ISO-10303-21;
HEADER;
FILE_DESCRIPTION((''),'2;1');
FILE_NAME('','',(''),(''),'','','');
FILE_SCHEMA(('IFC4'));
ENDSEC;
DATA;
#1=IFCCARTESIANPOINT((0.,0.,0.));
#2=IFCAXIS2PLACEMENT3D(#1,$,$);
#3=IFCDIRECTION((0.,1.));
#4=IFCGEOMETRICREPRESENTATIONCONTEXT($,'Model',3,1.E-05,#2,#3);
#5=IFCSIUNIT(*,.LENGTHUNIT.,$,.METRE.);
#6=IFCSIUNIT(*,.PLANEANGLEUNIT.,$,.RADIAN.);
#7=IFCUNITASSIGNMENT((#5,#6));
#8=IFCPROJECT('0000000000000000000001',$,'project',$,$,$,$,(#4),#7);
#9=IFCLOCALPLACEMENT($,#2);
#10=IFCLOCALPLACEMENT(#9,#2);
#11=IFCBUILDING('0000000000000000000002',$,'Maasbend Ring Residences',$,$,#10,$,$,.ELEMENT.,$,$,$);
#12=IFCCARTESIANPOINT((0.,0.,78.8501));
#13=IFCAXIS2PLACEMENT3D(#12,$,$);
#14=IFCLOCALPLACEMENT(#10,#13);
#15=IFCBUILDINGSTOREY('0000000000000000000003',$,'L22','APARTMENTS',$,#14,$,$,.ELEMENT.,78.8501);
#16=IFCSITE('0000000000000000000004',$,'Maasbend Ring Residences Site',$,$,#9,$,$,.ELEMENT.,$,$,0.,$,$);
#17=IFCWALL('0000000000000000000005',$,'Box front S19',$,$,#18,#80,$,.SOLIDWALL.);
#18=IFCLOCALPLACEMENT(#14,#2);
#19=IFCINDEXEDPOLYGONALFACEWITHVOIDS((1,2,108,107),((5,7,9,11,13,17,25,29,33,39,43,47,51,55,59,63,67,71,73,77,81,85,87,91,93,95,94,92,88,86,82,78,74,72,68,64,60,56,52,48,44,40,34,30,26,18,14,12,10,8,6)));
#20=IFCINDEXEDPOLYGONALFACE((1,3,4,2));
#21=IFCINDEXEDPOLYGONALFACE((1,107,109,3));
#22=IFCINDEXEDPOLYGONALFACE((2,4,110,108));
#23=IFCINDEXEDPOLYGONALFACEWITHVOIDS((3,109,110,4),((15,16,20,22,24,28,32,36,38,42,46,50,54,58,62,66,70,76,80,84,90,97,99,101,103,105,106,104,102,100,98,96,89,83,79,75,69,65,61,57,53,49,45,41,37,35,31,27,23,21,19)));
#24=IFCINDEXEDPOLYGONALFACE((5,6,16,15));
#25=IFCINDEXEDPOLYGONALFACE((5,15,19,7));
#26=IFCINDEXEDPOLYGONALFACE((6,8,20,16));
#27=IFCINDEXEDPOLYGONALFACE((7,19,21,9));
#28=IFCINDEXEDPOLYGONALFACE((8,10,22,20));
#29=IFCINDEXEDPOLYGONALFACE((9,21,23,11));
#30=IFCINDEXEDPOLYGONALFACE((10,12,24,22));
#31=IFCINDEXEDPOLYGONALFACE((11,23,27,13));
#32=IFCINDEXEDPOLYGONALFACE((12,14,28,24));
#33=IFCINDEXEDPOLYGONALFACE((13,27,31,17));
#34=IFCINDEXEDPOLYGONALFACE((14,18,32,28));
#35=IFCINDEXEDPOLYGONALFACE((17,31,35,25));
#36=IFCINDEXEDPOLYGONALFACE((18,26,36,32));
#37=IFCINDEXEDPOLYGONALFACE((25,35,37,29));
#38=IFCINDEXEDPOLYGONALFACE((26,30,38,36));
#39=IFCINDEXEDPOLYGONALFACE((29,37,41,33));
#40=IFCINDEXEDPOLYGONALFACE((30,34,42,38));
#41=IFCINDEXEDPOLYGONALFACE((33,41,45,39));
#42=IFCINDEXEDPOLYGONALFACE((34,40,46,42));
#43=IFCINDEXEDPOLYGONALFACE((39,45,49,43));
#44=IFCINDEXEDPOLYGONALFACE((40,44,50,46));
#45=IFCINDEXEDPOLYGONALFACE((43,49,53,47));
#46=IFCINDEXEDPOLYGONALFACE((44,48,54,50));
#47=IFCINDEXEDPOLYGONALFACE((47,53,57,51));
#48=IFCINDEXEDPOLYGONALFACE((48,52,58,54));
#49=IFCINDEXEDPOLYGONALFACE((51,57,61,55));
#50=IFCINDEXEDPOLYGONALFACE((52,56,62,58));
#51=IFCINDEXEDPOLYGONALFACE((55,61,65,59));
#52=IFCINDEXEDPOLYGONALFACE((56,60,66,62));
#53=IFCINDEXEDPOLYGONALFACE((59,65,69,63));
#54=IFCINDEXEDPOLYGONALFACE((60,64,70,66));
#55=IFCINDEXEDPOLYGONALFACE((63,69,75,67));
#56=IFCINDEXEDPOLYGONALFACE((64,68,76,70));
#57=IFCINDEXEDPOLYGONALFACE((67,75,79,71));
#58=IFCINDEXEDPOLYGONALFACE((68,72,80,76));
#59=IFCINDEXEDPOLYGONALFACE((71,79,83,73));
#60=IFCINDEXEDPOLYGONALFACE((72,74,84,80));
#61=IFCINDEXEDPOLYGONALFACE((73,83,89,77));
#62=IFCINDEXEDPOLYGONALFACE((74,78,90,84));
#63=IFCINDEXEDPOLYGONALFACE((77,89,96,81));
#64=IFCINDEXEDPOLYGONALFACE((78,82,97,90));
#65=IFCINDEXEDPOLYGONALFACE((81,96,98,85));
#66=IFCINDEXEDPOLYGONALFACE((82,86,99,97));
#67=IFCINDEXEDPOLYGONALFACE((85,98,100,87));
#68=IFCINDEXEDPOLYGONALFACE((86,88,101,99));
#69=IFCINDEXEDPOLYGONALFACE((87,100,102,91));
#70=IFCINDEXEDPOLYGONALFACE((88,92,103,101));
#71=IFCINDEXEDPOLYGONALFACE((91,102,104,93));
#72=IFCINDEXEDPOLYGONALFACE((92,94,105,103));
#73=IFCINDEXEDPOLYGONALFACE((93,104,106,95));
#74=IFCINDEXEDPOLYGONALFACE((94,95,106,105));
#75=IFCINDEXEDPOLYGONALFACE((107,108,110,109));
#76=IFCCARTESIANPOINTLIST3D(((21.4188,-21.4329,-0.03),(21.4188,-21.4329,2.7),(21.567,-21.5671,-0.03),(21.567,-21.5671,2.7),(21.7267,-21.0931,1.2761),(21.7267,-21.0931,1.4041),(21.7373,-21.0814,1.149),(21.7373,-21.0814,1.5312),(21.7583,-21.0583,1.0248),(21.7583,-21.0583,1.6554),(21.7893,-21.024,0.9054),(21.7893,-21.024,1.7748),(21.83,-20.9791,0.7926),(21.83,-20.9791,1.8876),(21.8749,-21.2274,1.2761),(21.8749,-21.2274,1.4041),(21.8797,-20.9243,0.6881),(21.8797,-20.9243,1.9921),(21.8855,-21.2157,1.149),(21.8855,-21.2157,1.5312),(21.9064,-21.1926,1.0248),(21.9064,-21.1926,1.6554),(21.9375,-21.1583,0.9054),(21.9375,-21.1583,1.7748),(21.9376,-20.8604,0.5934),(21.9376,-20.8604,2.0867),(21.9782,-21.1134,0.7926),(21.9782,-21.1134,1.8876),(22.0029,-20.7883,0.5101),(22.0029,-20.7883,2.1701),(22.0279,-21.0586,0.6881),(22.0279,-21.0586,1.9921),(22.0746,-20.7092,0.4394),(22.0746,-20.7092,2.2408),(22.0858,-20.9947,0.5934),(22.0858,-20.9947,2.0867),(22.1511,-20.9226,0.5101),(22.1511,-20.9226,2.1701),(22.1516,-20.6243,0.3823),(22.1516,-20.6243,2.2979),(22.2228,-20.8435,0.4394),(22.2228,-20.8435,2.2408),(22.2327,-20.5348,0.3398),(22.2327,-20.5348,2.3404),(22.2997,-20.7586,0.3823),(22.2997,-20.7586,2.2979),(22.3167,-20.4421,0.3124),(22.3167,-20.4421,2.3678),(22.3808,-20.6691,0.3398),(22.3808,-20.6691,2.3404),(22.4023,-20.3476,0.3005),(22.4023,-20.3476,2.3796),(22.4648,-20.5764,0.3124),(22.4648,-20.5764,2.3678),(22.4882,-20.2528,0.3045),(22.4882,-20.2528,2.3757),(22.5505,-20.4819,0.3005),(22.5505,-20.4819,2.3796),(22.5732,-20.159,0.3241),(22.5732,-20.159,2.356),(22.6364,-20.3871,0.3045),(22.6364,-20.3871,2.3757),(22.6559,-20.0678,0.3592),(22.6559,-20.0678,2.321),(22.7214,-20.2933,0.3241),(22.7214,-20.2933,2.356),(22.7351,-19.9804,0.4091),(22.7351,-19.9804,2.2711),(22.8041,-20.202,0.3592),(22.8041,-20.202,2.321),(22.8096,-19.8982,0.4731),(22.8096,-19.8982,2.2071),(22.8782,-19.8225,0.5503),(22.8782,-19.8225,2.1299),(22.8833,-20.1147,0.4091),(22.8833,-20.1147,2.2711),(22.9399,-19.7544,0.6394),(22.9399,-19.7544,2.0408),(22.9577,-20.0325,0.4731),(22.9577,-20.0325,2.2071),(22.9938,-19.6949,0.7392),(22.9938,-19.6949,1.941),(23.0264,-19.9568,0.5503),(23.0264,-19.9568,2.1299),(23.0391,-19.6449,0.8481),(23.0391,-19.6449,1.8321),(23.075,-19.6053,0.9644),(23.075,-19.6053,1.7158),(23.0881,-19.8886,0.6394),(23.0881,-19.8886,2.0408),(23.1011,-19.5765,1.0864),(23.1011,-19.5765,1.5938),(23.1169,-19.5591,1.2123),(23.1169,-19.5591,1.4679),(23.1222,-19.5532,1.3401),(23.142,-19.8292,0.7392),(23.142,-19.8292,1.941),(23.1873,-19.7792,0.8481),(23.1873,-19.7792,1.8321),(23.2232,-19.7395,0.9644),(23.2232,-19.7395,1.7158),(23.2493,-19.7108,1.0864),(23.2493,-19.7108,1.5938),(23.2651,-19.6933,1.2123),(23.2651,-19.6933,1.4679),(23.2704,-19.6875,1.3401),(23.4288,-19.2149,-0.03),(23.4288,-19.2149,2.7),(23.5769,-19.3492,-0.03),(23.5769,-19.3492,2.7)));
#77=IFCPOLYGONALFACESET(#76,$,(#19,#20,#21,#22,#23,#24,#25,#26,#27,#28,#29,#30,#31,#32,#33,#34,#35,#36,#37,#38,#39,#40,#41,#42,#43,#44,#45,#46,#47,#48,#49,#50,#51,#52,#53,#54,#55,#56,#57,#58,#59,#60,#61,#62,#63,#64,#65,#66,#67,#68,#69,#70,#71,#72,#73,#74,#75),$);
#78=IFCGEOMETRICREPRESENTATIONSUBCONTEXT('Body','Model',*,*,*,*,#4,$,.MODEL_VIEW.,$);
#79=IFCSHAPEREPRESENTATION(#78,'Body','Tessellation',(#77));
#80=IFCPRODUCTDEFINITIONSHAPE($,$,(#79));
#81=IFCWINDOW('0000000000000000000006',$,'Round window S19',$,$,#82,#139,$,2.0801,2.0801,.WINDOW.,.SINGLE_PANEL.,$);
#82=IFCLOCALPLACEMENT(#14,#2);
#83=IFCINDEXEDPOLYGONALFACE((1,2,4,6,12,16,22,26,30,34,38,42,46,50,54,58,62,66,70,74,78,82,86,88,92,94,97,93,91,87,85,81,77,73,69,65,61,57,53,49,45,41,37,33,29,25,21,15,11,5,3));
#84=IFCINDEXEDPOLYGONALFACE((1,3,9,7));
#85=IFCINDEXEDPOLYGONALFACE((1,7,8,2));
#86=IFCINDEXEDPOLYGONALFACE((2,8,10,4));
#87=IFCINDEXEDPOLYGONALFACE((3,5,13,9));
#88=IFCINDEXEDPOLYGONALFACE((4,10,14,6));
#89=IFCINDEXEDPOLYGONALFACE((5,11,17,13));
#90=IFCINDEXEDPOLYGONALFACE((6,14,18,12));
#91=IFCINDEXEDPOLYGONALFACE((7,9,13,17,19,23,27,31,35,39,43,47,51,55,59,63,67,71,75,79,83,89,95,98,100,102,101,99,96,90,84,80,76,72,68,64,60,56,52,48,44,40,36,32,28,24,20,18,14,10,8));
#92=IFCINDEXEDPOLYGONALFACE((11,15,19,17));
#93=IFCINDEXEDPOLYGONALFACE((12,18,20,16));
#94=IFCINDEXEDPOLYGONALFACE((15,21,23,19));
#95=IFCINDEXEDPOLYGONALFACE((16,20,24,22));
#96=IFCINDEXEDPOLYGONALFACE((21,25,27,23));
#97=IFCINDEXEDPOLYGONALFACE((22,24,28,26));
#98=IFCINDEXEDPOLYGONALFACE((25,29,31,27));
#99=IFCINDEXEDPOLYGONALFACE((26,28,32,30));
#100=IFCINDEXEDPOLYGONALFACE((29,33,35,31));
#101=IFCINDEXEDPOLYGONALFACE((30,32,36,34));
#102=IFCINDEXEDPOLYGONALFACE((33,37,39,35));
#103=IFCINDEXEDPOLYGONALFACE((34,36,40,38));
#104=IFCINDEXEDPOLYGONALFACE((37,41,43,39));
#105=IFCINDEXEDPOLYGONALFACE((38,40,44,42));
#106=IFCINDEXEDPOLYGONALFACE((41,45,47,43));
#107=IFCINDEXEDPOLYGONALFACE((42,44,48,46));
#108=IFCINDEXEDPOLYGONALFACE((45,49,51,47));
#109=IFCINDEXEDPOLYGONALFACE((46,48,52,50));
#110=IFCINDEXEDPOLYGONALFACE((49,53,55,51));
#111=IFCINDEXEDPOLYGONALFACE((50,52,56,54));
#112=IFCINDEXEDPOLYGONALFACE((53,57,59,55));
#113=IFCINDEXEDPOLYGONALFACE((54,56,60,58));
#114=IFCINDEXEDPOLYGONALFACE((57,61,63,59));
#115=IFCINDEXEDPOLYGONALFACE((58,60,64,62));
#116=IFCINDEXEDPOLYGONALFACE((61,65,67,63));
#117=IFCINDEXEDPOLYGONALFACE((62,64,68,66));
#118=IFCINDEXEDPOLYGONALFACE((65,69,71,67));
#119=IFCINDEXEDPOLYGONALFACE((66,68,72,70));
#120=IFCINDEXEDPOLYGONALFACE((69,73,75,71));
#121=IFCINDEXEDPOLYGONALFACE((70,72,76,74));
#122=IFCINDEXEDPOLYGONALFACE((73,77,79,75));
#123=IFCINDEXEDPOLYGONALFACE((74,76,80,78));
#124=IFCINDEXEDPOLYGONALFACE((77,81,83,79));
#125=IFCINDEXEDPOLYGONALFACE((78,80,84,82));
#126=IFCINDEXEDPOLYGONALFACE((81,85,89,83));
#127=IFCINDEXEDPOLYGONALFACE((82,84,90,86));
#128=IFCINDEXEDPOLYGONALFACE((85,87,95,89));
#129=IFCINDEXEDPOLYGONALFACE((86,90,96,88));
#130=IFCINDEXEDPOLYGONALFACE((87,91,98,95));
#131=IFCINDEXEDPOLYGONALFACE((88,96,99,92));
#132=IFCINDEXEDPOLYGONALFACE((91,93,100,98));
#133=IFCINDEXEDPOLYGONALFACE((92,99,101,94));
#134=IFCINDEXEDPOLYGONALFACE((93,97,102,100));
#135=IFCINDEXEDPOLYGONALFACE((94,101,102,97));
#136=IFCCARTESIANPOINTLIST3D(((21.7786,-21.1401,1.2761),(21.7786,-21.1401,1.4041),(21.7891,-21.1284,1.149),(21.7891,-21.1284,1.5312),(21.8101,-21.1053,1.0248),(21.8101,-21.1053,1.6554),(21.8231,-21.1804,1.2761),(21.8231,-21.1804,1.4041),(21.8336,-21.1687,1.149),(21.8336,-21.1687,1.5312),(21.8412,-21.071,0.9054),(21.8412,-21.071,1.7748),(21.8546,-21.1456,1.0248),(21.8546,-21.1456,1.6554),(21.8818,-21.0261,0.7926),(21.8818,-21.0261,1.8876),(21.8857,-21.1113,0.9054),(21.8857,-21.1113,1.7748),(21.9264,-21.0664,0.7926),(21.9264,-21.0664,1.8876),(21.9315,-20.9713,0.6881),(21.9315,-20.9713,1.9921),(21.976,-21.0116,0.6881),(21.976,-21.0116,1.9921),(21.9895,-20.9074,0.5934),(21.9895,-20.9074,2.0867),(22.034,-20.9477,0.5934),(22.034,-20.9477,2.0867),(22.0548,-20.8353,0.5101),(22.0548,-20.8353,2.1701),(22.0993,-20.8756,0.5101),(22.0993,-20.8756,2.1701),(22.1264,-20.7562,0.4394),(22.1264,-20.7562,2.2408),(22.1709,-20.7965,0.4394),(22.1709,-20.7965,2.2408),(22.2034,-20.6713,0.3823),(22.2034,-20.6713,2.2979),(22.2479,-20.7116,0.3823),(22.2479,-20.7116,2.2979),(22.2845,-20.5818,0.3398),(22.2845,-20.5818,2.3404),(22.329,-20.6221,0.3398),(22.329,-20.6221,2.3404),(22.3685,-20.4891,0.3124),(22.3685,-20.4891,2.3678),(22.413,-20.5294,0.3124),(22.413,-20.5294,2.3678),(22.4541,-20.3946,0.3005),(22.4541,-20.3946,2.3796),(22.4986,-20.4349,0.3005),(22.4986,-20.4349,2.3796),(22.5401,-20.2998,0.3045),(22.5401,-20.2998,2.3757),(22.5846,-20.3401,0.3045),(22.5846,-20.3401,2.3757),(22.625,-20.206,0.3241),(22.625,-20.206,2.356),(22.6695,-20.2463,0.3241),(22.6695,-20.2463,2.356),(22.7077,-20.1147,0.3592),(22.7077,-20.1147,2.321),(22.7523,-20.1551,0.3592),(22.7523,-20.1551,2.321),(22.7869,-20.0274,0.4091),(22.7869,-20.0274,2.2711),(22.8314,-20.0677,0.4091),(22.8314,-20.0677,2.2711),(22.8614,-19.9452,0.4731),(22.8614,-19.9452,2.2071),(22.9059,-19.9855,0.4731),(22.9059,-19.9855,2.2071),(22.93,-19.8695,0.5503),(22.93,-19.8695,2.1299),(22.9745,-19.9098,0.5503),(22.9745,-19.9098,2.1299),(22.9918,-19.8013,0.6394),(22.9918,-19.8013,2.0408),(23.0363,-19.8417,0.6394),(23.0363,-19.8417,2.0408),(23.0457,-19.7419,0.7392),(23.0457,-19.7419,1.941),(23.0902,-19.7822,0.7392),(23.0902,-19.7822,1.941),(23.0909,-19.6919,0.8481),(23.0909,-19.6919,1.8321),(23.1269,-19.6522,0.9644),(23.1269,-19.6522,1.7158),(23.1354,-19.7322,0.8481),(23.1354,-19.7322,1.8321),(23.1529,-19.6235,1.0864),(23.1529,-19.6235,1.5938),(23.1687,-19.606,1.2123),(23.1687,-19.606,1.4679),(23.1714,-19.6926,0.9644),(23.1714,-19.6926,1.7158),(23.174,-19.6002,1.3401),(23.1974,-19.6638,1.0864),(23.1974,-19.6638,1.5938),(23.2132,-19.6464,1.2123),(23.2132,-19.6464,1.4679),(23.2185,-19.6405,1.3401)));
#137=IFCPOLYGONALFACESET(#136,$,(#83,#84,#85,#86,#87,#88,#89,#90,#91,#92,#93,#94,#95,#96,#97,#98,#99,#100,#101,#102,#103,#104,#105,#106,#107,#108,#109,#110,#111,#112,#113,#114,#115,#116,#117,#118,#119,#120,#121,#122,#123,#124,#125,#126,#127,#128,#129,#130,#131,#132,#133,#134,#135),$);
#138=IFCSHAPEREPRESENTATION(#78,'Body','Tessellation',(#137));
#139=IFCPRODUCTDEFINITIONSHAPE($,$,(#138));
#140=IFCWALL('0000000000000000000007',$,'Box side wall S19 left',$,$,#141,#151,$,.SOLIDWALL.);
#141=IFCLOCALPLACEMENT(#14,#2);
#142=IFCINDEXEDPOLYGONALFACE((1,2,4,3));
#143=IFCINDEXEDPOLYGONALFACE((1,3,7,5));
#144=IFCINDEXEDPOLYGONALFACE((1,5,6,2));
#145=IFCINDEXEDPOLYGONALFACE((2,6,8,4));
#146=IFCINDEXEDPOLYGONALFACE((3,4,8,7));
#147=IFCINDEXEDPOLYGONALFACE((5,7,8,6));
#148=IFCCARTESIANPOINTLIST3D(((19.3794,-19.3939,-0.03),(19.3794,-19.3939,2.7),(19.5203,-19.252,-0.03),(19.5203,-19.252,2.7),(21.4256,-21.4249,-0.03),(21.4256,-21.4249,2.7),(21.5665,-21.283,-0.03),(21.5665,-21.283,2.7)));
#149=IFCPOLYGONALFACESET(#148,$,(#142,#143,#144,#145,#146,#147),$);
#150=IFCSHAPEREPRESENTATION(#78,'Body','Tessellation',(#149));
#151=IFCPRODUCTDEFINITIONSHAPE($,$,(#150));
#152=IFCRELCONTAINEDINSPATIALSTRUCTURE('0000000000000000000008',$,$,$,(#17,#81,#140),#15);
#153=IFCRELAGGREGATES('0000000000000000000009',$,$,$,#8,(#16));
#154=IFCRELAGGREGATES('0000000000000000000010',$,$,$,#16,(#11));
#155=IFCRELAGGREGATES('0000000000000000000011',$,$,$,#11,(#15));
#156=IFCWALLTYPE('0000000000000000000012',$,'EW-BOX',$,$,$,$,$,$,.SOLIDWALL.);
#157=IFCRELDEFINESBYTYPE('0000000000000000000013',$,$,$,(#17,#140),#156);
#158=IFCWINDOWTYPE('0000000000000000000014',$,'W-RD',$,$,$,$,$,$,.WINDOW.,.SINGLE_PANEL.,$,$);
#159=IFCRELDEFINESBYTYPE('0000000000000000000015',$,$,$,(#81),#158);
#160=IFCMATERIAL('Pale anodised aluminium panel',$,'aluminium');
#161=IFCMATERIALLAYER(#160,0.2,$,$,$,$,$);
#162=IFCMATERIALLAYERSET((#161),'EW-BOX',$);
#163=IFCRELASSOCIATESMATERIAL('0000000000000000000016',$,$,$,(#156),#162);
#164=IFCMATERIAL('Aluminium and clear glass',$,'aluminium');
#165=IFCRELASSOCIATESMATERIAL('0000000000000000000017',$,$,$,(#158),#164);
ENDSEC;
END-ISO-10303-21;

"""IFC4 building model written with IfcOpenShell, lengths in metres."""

from ifc_helpers import new_model, si_unit, direction, frame, frame_2d, origin, place, context, subcontext, project, spatial, rectangle, circle, extrude, material, layer, layer_set, type_object, element, fill, save


model = new_model("IFC4")

# Units and contexts
model_context = context("Model", 3, precision=1e-05, world=origin(), true_north=direction((0.0, 1.0)))
body_context = subcontext(model_context, "Body", "Model", "MODEL_VIEW")
ifc_project = project(units=[si_unit("LENGTHUNIT", "METRE"), si_unit("PLANEANGLEUNIT", "RADIAN")], contexts=[model_context])

# Site, building, storey
site_placement = place(None, origin())
site = spatial("IfcSite", under=ifc_project, at=site_placement, Name="Maasbend Ring Residences Site", CompositionType="ELEMENT", RefElevation=0.0)
building_placement = place(site_placement, origin())
building = spatial("IfcBuilding", under=site, at=building_placement, Name="Maasbend Ring Residences", CompositionType="ELEMENT")
storey_placement = place(building_placement, frame((0.0, 0.0, 78.8501)))
storey = spatial("IfcBuildingStorey", under=building, at=storey_placement, Name="L22", Description="APARTMENTS", CompositionType="ELEMENT", Elevation=78.8501)

# Shared definitions
ifc_material_1 = material(Name="Pale anodised aluminium panel", Category="aluminium")
ifc_layer_1 = layer(ifc_material_1, 0.2)
ifc_layer_set_1 = layer_set([ifc_layer_1], Name="EW-BOX")
wall_type_1 = type_object("IfcWallType", Name="EW-BOX", PredefinedType="SOLIDWALL", material=ifc_layer_set_1)
ifc_material_2 = material(Name="Aluminium and clear glass", Category="aluminium")
window_type_1 = type_object("IfcWindowType", Name="W-RD", PartitioningType="SINGLE_PANEL", PredefinedType="WINDOW", material=ifc_material_2)

# Wall, opening, window
wall_1_placement = place(storey_placement, frame((21.4929, -21.5, -0.03), z_axis=(0.0, 0.0, 1.0), x_axis=(0.671507, 0.740998, 0.0)))
wall_1 = element("IfcWall", 1, at=wall_1_placement, inside=storey, type_object=wall_type_1, Name="Box front S19", PredefinedType="SOLIDWALL", context=body_context, shape_type="SweptSolid", body=[
    extrude(rectangle(XDim=2.9932, YDim=0.2, at=frame_2d((1.4966, 0.0))), origin(), (0.0, 0.0, 1.0), 2.73),
])
opening_1_placement = place(wall_1_placement, frame((0.4565, 0.0, 0.3301)))
opening_1 = element("IfcOpeningElement", 2, at=opening_1_placement, cuts=wall_1, PredefinedType="OPENING", context=body_context, shape_type="SweptSolid", body=[
    extrude(circle(Radius=1.04, at=frame_2d((1.04, 1.04))), frame((0.0, 0.1099, 0.0), z_axis=(0.0, -1.0, 0.0), x_axis=(1.0, 0.0, 0.0)), (0.0, 0.0, 1.0), 0.22),
])
window_1_placement = place(opening_1_placement, origin())
window_1 = element("IfcWindow", 3, at=window_1_placement, inside=storey, type_object=window_type_1, Name="Round window S19", OverallHeight=2.0801, OverallWidth=2.0801, PartitioningType="SINGLE_PANEL", PredefinedType="WINDOW", context=body_context, shape_type="SweptSolid", body=[
    extrude(circle(Radius=1.04, at=frame_2d((1.04, 1.04))), frame((0.0, 0.03, 0.0), z_axis=(0.0, -1.0, 0.0), x_axis=(1.0, 0.0, 0.0)), (0.0, 0.0, 1.0), 0.0601),
])
fill(opening_1, window_1)

# Wall
wall_2_placement = place(storey_placement, frame((19.45, -19.323, -0.03), z_axis=(0.0, 0.0, 1.0), x_axis=(0.709727, -0.704477, 0.0)))
element("IfcWall", 4, at=wall_2_placement, inside=storey, type_object=wall_type_1, Name="Box side wall S19 left", PredefinedType="SOLIDWALL", context=body_context, shape_type="SweptSolid", body=[
    extrude(rectangle(XDim=2.8831, YDim=0.2, at=frame_2d((1.4414, 0.0))), origin(), (0.0, 0.0, 1.0), 2.73),
])

save(model, "model.ifc")
